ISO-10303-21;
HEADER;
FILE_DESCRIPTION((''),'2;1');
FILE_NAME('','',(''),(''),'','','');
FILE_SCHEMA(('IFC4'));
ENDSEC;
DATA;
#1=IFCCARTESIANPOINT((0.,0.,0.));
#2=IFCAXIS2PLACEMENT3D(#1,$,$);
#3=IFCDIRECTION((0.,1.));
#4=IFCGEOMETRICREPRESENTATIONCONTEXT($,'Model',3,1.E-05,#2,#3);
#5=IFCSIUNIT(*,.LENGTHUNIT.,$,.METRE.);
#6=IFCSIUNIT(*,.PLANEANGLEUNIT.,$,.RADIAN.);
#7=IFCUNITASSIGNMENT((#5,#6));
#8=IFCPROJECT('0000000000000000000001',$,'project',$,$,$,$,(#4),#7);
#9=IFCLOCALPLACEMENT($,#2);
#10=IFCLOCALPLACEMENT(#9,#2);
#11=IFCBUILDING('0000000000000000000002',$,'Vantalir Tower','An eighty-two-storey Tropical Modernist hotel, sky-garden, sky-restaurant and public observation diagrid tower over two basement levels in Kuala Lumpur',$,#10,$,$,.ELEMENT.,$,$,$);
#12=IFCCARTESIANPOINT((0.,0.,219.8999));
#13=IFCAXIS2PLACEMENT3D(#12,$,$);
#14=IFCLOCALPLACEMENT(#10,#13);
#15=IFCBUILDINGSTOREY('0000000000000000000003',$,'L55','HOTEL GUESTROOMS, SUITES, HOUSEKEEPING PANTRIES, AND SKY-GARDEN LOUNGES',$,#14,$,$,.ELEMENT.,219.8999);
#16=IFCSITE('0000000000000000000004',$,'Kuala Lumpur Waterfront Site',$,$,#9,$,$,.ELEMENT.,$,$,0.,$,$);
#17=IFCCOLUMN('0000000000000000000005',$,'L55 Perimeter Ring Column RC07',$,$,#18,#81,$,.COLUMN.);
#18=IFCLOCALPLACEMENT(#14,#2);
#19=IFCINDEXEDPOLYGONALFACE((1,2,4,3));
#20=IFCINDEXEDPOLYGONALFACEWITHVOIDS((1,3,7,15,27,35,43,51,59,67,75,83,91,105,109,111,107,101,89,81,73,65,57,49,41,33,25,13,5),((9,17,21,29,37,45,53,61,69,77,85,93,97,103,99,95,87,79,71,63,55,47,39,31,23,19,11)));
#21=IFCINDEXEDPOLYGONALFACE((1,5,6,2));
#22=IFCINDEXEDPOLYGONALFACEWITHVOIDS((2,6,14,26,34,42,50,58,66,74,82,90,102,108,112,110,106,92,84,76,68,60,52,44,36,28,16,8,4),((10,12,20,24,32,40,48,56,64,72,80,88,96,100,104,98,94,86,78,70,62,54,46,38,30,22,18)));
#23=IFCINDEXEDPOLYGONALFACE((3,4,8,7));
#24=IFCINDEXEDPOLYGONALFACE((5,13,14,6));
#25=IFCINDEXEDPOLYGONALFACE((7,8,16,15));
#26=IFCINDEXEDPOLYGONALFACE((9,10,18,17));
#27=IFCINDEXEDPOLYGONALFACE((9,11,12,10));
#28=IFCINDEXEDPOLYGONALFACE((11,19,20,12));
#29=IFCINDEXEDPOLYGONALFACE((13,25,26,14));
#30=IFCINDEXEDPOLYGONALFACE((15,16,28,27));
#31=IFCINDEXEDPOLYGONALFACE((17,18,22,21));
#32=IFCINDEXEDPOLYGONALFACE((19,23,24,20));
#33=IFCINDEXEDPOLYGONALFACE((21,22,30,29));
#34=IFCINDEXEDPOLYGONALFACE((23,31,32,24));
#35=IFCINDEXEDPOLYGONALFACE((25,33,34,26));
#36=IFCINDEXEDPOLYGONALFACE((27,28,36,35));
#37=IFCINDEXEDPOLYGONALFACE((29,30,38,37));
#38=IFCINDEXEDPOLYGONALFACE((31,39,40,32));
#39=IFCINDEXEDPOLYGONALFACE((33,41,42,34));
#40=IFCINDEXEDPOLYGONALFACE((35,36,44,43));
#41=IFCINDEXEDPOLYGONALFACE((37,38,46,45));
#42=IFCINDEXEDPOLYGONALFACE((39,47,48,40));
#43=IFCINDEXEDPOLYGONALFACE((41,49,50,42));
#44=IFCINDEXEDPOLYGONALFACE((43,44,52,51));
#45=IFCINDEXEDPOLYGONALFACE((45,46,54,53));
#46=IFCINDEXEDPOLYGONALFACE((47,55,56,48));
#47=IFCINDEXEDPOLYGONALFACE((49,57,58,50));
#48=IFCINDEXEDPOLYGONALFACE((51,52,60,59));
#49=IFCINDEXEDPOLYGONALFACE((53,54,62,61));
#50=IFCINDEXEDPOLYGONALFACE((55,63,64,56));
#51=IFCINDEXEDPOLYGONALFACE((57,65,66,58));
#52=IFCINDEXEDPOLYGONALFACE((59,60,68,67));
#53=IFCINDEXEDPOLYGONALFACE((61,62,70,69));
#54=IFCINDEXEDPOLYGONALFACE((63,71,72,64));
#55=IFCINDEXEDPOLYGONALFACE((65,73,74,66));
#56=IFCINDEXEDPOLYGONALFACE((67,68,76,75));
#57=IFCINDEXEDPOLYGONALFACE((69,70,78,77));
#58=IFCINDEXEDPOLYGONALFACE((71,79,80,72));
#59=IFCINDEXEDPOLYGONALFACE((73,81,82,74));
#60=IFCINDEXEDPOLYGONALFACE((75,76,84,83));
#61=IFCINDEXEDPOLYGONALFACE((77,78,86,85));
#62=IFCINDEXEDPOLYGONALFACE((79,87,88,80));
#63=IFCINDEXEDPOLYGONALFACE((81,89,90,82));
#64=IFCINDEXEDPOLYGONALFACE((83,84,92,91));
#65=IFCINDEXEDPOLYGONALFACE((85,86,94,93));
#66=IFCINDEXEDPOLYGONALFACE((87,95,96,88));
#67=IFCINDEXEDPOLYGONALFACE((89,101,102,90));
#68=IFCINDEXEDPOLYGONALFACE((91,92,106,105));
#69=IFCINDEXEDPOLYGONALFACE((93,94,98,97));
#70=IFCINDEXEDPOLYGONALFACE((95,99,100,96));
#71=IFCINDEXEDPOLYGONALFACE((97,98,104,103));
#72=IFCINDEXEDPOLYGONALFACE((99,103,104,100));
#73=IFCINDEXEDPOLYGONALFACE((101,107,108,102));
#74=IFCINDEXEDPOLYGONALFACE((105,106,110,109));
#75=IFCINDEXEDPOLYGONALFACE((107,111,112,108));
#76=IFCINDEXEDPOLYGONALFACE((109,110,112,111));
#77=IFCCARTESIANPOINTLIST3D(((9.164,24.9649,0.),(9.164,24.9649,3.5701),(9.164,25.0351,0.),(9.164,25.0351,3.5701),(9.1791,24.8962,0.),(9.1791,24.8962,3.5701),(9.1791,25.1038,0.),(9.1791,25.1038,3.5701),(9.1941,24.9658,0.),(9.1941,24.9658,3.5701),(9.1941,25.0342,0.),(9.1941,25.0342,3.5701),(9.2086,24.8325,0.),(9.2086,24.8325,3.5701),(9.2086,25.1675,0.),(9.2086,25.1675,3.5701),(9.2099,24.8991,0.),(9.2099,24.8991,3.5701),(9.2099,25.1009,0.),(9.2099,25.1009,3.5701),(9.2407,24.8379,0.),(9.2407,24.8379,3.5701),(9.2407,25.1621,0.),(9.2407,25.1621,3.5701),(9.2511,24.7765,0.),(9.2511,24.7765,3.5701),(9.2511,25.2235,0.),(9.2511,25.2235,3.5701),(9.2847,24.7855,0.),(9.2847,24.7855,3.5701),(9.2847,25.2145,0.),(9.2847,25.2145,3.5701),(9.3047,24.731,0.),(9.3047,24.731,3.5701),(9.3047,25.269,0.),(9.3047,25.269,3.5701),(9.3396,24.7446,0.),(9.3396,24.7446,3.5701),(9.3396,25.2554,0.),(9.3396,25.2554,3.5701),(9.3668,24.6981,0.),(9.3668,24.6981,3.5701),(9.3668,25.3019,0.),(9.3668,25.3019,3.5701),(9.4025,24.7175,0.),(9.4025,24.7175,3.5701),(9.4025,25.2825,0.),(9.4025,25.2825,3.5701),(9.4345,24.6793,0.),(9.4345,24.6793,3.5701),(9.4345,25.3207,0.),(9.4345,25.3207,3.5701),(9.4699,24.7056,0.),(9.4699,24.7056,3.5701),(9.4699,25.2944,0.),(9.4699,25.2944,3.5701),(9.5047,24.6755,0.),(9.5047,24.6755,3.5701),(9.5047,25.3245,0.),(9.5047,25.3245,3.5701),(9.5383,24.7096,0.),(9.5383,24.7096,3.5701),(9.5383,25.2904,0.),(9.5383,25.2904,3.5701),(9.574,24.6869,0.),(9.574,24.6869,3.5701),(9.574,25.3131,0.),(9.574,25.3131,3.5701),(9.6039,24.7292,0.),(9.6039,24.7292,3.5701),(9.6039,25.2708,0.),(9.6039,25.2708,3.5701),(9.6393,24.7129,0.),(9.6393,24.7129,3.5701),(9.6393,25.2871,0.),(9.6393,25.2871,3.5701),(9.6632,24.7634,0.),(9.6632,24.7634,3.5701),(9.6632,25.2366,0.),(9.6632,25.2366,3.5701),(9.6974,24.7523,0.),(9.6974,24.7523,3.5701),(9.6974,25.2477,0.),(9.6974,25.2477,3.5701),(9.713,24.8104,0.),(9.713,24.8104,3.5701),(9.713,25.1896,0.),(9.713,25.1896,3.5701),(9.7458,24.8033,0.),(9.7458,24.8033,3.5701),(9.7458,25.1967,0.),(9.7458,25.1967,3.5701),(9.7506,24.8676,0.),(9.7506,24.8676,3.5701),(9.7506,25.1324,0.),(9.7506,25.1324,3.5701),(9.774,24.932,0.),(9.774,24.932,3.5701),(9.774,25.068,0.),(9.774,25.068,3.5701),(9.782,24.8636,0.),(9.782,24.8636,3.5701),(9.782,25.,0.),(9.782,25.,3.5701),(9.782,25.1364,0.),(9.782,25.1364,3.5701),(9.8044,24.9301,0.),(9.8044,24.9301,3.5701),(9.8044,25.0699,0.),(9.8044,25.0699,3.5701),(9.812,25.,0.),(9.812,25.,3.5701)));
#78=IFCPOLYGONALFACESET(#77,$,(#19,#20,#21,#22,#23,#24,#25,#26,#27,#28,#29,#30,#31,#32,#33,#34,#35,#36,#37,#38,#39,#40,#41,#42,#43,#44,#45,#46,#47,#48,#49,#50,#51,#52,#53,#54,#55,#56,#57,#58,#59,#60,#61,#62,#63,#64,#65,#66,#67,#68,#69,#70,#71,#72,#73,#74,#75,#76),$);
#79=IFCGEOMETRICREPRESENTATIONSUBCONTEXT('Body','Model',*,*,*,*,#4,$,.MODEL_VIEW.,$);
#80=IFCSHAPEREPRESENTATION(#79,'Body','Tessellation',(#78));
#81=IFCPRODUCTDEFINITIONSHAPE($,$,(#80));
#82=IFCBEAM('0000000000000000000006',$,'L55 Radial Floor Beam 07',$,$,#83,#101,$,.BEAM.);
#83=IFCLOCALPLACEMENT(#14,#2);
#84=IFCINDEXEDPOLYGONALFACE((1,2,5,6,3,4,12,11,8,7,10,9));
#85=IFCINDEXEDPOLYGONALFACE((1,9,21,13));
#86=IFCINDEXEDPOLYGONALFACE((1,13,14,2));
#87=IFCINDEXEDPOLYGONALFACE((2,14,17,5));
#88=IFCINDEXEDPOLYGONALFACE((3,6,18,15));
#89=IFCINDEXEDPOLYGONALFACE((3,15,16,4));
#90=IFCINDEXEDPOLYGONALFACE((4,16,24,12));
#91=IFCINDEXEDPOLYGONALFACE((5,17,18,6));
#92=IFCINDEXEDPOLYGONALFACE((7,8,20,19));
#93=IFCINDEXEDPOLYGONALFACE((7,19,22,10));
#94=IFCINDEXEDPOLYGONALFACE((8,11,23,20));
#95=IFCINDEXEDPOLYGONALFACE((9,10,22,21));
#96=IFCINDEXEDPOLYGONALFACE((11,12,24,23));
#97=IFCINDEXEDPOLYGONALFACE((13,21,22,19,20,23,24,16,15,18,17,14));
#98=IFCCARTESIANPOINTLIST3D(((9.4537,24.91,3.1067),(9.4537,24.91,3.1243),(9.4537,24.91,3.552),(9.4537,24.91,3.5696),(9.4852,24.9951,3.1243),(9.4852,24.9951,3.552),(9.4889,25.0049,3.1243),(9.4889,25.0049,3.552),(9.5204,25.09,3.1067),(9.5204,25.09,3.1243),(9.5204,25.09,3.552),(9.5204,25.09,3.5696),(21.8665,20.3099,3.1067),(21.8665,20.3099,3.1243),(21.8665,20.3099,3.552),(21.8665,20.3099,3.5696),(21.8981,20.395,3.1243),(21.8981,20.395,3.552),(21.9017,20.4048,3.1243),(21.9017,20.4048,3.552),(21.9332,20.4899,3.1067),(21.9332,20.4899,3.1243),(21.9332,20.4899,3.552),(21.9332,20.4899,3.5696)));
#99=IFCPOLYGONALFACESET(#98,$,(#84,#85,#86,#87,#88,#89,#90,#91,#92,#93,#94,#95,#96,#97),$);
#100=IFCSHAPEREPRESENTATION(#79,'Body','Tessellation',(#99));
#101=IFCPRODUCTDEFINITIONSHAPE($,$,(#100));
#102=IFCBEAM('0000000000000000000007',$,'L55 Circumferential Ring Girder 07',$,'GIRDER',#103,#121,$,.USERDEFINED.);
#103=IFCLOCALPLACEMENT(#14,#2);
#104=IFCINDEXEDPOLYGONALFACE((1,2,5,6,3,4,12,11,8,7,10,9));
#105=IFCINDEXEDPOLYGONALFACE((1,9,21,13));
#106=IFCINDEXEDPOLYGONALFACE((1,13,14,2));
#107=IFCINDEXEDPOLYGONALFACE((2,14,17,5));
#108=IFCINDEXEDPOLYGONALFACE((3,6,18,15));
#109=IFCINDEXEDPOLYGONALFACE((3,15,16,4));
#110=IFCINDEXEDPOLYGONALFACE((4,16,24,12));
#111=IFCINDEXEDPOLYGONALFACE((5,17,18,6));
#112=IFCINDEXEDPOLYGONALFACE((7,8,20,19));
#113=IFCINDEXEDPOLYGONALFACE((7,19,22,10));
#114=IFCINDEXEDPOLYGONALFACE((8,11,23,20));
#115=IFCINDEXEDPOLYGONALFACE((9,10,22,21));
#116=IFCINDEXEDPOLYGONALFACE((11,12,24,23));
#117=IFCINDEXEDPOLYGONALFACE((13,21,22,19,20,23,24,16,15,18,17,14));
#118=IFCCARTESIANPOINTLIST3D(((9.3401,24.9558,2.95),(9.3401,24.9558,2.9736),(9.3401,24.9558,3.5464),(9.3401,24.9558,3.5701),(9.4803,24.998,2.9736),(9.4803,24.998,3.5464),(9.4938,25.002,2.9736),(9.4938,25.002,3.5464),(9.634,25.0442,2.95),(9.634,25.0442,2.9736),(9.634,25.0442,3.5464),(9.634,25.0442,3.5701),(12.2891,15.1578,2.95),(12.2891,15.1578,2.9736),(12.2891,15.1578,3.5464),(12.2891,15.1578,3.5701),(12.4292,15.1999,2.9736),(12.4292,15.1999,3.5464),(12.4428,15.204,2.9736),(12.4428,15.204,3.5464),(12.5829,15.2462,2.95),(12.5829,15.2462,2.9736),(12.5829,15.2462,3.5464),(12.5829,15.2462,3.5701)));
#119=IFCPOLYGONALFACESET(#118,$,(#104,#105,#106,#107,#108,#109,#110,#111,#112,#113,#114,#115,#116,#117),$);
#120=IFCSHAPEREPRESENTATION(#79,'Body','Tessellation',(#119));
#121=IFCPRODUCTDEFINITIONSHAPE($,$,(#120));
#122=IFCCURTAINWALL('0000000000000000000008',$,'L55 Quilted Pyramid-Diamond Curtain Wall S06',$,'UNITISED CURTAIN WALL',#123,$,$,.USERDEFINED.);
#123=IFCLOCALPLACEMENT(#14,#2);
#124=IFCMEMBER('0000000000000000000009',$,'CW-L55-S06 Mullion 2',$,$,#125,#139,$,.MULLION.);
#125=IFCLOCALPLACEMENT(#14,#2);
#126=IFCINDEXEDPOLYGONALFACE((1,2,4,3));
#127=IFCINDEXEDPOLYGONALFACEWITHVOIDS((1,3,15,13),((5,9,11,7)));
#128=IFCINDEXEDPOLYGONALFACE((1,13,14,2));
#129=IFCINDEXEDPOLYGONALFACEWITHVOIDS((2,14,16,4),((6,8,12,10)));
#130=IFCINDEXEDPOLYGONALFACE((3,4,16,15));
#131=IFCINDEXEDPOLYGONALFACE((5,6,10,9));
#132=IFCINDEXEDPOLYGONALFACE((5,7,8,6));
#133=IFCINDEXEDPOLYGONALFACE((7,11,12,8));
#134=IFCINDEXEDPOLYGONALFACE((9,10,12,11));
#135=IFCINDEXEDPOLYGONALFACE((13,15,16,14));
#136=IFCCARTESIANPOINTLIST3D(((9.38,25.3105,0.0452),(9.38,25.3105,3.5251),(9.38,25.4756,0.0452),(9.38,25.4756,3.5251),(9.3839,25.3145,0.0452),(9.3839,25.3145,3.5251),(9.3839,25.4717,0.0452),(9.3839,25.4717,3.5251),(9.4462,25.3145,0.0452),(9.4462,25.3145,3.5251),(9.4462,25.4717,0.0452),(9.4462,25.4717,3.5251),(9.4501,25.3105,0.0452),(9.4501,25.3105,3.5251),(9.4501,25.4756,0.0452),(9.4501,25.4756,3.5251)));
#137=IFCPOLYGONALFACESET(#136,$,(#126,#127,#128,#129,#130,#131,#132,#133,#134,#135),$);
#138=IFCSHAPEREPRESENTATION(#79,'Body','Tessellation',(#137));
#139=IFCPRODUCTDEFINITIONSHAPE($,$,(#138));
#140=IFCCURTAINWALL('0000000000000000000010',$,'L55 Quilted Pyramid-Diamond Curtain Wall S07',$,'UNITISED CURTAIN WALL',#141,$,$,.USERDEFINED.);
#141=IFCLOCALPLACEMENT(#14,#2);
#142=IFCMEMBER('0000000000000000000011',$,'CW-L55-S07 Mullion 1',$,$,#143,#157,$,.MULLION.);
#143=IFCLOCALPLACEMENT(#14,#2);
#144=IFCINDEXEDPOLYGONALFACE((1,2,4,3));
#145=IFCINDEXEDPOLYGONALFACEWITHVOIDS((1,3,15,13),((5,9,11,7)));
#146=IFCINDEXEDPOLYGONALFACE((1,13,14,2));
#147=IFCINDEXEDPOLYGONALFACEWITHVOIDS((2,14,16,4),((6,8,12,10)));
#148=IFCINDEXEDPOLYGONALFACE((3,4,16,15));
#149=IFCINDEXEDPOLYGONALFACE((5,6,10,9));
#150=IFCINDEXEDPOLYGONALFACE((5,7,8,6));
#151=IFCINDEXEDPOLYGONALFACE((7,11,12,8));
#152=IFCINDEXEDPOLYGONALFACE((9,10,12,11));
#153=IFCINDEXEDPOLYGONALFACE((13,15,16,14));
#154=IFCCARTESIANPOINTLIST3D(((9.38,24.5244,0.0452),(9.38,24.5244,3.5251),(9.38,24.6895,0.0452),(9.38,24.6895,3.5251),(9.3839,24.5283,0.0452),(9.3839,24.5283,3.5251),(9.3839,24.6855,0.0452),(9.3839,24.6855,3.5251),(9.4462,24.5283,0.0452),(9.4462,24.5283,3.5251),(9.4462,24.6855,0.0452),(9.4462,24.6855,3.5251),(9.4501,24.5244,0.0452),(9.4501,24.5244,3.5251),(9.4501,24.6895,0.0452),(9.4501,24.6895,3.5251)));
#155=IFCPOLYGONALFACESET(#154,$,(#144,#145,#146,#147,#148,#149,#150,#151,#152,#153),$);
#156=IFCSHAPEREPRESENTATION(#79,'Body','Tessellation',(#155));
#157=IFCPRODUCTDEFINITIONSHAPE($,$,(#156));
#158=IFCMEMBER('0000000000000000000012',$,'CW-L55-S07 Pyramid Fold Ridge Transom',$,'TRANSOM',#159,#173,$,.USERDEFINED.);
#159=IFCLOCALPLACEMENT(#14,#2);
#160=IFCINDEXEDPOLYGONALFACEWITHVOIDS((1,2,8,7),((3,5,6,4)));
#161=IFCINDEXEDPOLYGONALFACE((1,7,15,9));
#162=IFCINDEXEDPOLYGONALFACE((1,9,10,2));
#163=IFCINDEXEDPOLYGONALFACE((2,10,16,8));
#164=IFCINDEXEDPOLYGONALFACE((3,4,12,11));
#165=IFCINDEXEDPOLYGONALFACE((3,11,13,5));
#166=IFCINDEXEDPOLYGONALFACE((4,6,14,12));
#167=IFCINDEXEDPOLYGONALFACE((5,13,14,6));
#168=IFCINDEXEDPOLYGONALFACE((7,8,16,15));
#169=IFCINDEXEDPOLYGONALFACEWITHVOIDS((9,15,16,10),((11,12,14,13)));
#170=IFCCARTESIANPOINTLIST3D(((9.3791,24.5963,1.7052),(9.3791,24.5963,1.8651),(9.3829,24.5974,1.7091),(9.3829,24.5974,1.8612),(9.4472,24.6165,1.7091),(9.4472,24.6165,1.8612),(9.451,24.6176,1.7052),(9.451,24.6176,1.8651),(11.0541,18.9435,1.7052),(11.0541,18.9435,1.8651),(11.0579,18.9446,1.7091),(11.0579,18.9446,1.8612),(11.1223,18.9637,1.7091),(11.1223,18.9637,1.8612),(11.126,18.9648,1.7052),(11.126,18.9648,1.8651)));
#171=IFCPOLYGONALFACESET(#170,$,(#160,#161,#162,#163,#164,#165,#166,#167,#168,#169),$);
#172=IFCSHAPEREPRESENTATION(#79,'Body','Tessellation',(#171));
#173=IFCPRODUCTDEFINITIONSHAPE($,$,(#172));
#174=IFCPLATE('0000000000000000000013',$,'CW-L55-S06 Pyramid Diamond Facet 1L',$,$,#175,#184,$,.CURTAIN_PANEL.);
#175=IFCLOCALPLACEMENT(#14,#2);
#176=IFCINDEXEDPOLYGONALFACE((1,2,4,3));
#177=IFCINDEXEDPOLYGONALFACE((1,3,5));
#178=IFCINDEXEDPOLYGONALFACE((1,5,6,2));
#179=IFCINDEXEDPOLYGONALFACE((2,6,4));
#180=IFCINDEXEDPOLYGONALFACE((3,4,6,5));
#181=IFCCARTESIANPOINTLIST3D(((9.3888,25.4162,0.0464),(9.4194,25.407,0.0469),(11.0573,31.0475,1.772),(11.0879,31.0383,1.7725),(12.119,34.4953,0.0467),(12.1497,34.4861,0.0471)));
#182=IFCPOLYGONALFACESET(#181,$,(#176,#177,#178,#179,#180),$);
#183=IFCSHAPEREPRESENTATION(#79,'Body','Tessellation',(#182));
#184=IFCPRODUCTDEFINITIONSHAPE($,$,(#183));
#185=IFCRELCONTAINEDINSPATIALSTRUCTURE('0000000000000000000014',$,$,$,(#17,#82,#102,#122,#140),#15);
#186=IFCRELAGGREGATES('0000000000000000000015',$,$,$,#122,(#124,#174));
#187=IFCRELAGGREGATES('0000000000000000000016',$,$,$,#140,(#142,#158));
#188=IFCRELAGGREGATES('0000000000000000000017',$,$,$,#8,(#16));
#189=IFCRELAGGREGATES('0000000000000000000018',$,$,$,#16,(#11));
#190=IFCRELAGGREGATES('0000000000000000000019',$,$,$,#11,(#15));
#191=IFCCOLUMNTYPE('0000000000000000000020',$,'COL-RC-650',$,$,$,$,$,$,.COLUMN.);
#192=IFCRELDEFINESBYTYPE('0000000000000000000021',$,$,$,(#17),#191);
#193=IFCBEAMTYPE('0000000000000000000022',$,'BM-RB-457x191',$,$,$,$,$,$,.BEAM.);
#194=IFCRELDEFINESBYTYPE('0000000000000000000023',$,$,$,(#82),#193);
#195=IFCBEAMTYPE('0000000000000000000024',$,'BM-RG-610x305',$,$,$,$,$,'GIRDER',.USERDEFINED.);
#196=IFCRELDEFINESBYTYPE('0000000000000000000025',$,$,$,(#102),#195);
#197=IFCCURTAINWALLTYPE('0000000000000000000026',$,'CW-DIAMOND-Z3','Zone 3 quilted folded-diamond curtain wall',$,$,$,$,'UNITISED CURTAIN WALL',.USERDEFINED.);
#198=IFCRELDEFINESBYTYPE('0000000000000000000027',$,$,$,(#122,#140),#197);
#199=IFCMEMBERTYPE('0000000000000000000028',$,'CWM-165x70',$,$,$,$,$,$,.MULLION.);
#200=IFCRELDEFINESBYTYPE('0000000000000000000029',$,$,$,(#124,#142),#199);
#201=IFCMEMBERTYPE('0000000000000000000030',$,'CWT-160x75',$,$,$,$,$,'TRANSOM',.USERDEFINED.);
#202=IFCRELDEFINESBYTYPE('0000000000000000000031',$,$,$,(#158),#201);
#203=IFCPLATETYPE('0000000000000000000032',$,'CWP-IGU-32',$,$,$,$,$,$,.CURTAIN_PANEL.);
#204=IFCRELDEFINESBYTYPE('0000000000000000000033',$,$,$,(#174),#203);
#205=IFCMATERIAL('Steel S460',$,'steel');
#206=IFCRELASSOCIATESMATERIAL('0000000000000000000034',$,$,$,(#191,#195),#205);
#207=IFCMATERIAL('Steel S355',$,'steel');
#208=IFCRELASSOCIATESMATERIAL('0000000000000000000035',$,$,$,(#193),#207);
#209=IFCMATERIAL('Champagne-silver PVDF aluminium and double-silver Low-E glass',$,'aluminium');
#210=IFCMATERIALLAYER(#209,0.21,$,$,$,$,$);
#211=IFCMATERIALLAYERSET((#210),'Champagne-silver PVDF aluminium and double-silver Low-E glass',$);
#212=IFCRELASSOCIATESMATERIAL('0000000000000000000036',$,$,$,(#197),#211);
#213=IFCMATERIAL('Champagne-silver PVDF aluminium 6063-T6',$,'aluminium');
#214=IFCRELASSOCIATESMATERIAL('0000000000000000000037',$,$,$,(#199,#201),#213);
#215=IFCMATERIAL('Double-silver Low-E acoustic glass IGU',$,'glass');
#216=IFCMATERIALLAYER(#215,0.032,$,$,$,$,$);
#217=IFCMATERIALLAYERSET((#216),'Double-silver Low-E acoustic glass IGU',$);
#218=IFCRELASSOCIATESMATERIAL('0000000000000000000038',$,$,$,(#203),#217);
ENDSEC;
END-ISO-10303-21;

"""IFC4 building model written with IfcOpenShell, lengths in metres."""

from ifc_helpers import new_model, si_unit, direction, frame, origin, origin_2d, place, context, subcontext, project, spatial, polyline, hollow_rectangle, hollow_circle, i_section, outline, extrude, material, layer, layer_set, material_profile, profile_set, type_object, element, aggregate, save


model = new_model("IFC4")

# Units and contexts
model_context = context("Model", 3, precision=1e-05, world=origin(), true_north=direction((0.0, 1.0)))
body_context = subcontext(model_context, "Body", "Model", "MODEL_VIEW")
ifc_project = project(units=[si_unit("LENGTHUNIT", "METRE"), si_unit("PLANEANGLEUNIT", "RADIAN")], contexts=[model_context])

# Site, building, storey
site_placement = place(None, origin())
site = spatial("IfcSite", under=ifc_project, at=site_placement, Name="Kuala Lumpur Waterfront Site", CompositionType="ELEMENT", RefElevation=0.0)
building_placement = place(site_placement, origin())
building = spatial("IfcBuilding", under=site, at=building_placement, Name="Vantalir Tower", Description="An eighty-two-storey Tropical Modernist hotel, sky-garden, sky-restaurant and public observation diagrid tower over two basement levels in Kuala Lumpur", CompositionType="ELEMENT")
storey_placement = place(building_placement, frame((0.0, 0.0, 219.8999)))
storey = spatial("IfcBuildingStorey", under=building, at=storey_placement, Name="L55", Description="HOTEL GUESTROOMS, SUITES, HOUSEKEEPING PANTRIES, AND SKY-GARDEN LOUNGES", CompositionType="ELEMENT", Elevation=219.8999)

# Column
ifc_material_1 = material(Name="Steel S460", Category="steel")
ifc_material_profile_1 = material_profile(ifc_material_1, hollow_circle(Radius=0.325, WallThickness=0.03, at=origin_2d()), Name="Steel S460")
ifc_profile_set_1 = profile_set([ifc_material_profile_1], Name="Steel S460")
column_type = type_object("IfcColumnType", Name="COL-RC-650", PredefinedType="COLUMN", material=ifc_profile_set_1)
column_placement = place(storey_placement, frame((9.4871, 25.0, 0.0), z_axis=(0.0, 0.0, 1.0), x_axis=(1.0, 0.0, 0.0)))
element("IfcColumn", 1, at=column_placement, inside=storey, type_object=column_type, Name="L55 Perimeter Ring Column RC07", PredefinedType="COLUMN", context=body_context, shape_type="SweptSolid", body=[
    extrude(hollow_circle(Radius=0.325, WallThickness=0.03, at=origin_2d()), origin(), (0.0, 0.0, 1.0), 3.5701),
])

# Beams
ifc_material_2 = material(Name="Steel S355", Category="steel")
ifc_material_profile_2 = material_profile(ifc_material_2, i_section(OverallWidth=0.1919, OverallDepth=0.4629, WebThickness=0.0105, FlangeThickness=0.0176, at=origin_2d()), Name="Steel S355")
ifc_profile_set_2 = profile_set([ifc_material_profile_2], Name="Steel S355")
beam_type_1 = type_object("IfcBeamType", Name="BM-RB-457x191", PredefinedType="BEAM", material=ifc_profile_set_2)
beam_1_placement = place(storey_placement, frame((9.4871, 25.0, 3.3381), z_axis=(0.937681, -0.347497, 0.0), x_axis=(0.347497, 0.937681, 0.0)))
element("IfcBeam", 2, at=beam_1_placement, inside=storey, type_object=beam_type_1, Name="L55 Radial Floor Beam 07", PredefinedType="BEAM", context=body_context, shape_type="SweptSolid", body=[
    extrude(i_section(OverallWidth=0.1919, OverallDepth=0.4629, WebThickness=0.0105, FlangeThickness=0.0176, at=origin_2d()), origin(), (0.0, 0.0, 1.0), 13.2378),
])
ifc_material_profile_3 = material_profile(ifc_material_1, i_section(OverallWidth=0.3069, OverallDepth=0.6201, WebThickness=0.0142, FlangeThickness=0.0237, at=origin_2d()), Name="Steel S460")
ifc_profile_set_3 = profile_set([ifc_material_profile_3], Name="Steel S460")
beam_type_2 = type_object("IfcBeamType", Name="BM-RG-610x305", ElementType="GIRDER", PredefinedType="USERDEFINED", material=ifc_profile_set_3)
beam_2_placement = place(storey_placement, frame((9.4871, 25.0, 3.26), z_axis=(0.288204, -0.957569, 0.0), x_axis=(0.957569, 0.288204, 0.0)))
element("IfcBeam", 3, at=beam_2_placement, inside=storey, type_object=beam_type_2, Name="L55 Circumferential Ring Girder 07", ObjectType="GIRDER", PredefinedType="USERDEFINED", context=body_context, shape_type="SweptSolid", body=[
    extrude(i_section(OverallWidth=0.3069, OverallDepth=0.6201, WebThickness=0.0142, FlangeThickness=0.0237, at=origin_2d()), origin(), (0.0, 0.0, 1.0), 10.2322),
])

# Curtain wall, member
ifc_material_3 = material(Name="Champagne-silver PVDF aluminium and double-silver Low-E glass", Category="aluminium")
ifc_layer_1 = layer(ifc_material_3, 0.21)
ifc_layer_set_1 = layer_set([ifc_layer_1], Name="Champagne-silver PVDF aluminium and double-silver Low-E glass")
curtain_wall_type = type_object("IfcCurtainWallType", Name="CW-DIAMOND-Z3", Description="Zone 3 quilted folded-diamond curtain wall", ElementType="UNITISED CURTAIN WALL", PredefinedType="USERDEFINED", material=ifc_layer_set_1)
curtain_wall_1_placement = place(storey_placement, origin())
curtain_wall_1 = element("IfcCurtainWall", 4, at=curtain_wall_1_placement, inside=storey, type_object=curtain_wall_type, Name="L55 Quilted Pyramid-Diamond Curtain Wall S06", ObjectType="UNITISED CURTAIN WALL", PredefinedType="USERDEFINED")
ifc_material_4 = material(Name="Champagne-silver PVDF aluminium 6063-T6", Category="aluminium")
ifc_material_profile_4 = material_profile(ifc_material_4, hollow_rectangle(XDim=0.0701, YDim=0.165, WallThickness=0.0039, at=origin_2d()), Name="Champagne-silver PVDF aluminium 6063-T6")
ifc_profile_set_4 = profile_set([ifc_material_profile_4], Name="Champagne-silver PVDF aluminium 6063-T6")
member_type_1 = type_object("IfcMemberType", Name="CWM-165x70", PredefinedType="MULLION", material=ifc_profile_set_4)
member_1_placement = place(storey_placement, frame((9.415, 25.3931, 0.0452), z_axis=(0.0, 0.0, 1.0), x_axis=(1.0, 0.0, 0.0)))
member_1 = element("IfcMember", 5, at=member_1_placement, type_object=member_type_1, Name="CW-L55-S06 Mullion 2", PredefinedType="MULLION", context=body_context, shape_type="SweptSolid", body=[
    extrude(hollow_rectangle(XDim=0.0701, YDim=0.165, WallThickness=0.0039, at=origin_2d()), origin(), (0.0, 0.0, 1.0), 3.48),
])

# Curtain wall, members
curtain_wall_2_placement = place(storey_placement, origin())
curtain_wall_2 = element("IfcCurtainWall", 6, at=curtain_wall_2_placement, inside=storey, type_object=curtain_wall_type, Name="L55 Quilted Pyramid-Diamond Curtain Wall S07", ObjectType="UNITISED CURTAIN WALL", PredefinedType="USERDEFINED")
member_2_placement = place(storey_placement, frame((9.415, 24.6069, 0.0452), z_axis=(0.0, 0.0, 1.0), x_axis=(1.0, 0.0, 0.0)))
member_2 = element("IfcMember", 7, at=member_2_placement, type_object=member_type_1, Name="CW-L55-S07 Mullion 1", PredefinedType="MULLION", context=body_context, shape_type="SweptSolid", body=[
    extrude(hollow_rectangle(XDim=0.0701, YDim=0.165, WallThickness=0.0039, at=origin_2d()), origin(), (0.0, 0.0, 1.0), 3.48),
])
ifc_material_profile_5 = material_profile(ifc_material_4, hollow_rectangle(XDim=0.075, YDim=0.1599, WallThickness=0.0039, at=origin_2d()), Name="Champagne-silver PVDF aluminium 6063-T6")
ifc_profile_set_5 = profile_set([ifc_material_profile_5], Name="Champagne-silver PVDF aluminium 6063-T6")
member_type_2 = type_object("IfcMemberType", Name="CWT-160x75", ElementType="TRANSOM", PredefinedType="USERDEFINED", material=ifc_profile_set_5)
member_3_placement = place(storey_placement, frame((9.415, 24.6069, 1.7852), z_axis=(0.284109, -0.958792, 0.0), x_axis=(0.958792, 0.284109, 0.0)))
member_3 = element("IfcMember", 8, at=member_3_placement, type_object=member_type_2, Name="CW-L55-S07 Pyramid Fold Ridge Transom", ObjectType="TRANSOM", PredefinedType="USERDEFINED", context=body_context, shape_type="SweptSolid", body=[
    extrude(hollow_rectangle(XDim=0.075, YDim=0.1599, WallThickness=0.0039, at=origin_2d()), origin(), (0.0, 0.0, 1.0), 5.8958),
])

# Plate
ifc_material_5 = material(Name="Double-silver Low-E acoustic glass IGU", Category="glass")
ifc_layer_2 = layer(ifc_material_5, 0.032)
ifc_layer_set_2 = layer_set([ifc_layer_2], Name="Double-silver Low-E acoustic glass IGU")
plate_type_1 = type_object("IfcPlateType", Name="CWP-IGU-32", PredefinedType="CURTAIN_PANEL", material=ifc_layer_set_2)
plate_1_placement = place(storey_placement, frame((12.1497, 34.4861, 0.0471), z_axis=(0.957545, -0.287949, 0.01386), x_axis=(-0.287976, -0.957638, -0.000026)))
plate_1 = element("IfcPlate", 9, at=plate_1_placement, type_object=plate_type_1, Name="CW-L55-S06 Pyramid Diamond Facet 1L", PredefinedType="CURTAIN_PANEL", context=body_context, shape_type="SweptSolid", body=[
    extrude(outline(polyline([(0.0, 0.0), (9.4807, 0.0), (3.6074, -1.7256), (0.0, 0.0)])), origin(), (0.0, 0.0, -1.0), 0.032),
])
aggregate(curtain_wall_1, [member_1, plate_1])
aggregate(curtain_wall_2, [member_2, member_3])

save(model, "model.ifc")
